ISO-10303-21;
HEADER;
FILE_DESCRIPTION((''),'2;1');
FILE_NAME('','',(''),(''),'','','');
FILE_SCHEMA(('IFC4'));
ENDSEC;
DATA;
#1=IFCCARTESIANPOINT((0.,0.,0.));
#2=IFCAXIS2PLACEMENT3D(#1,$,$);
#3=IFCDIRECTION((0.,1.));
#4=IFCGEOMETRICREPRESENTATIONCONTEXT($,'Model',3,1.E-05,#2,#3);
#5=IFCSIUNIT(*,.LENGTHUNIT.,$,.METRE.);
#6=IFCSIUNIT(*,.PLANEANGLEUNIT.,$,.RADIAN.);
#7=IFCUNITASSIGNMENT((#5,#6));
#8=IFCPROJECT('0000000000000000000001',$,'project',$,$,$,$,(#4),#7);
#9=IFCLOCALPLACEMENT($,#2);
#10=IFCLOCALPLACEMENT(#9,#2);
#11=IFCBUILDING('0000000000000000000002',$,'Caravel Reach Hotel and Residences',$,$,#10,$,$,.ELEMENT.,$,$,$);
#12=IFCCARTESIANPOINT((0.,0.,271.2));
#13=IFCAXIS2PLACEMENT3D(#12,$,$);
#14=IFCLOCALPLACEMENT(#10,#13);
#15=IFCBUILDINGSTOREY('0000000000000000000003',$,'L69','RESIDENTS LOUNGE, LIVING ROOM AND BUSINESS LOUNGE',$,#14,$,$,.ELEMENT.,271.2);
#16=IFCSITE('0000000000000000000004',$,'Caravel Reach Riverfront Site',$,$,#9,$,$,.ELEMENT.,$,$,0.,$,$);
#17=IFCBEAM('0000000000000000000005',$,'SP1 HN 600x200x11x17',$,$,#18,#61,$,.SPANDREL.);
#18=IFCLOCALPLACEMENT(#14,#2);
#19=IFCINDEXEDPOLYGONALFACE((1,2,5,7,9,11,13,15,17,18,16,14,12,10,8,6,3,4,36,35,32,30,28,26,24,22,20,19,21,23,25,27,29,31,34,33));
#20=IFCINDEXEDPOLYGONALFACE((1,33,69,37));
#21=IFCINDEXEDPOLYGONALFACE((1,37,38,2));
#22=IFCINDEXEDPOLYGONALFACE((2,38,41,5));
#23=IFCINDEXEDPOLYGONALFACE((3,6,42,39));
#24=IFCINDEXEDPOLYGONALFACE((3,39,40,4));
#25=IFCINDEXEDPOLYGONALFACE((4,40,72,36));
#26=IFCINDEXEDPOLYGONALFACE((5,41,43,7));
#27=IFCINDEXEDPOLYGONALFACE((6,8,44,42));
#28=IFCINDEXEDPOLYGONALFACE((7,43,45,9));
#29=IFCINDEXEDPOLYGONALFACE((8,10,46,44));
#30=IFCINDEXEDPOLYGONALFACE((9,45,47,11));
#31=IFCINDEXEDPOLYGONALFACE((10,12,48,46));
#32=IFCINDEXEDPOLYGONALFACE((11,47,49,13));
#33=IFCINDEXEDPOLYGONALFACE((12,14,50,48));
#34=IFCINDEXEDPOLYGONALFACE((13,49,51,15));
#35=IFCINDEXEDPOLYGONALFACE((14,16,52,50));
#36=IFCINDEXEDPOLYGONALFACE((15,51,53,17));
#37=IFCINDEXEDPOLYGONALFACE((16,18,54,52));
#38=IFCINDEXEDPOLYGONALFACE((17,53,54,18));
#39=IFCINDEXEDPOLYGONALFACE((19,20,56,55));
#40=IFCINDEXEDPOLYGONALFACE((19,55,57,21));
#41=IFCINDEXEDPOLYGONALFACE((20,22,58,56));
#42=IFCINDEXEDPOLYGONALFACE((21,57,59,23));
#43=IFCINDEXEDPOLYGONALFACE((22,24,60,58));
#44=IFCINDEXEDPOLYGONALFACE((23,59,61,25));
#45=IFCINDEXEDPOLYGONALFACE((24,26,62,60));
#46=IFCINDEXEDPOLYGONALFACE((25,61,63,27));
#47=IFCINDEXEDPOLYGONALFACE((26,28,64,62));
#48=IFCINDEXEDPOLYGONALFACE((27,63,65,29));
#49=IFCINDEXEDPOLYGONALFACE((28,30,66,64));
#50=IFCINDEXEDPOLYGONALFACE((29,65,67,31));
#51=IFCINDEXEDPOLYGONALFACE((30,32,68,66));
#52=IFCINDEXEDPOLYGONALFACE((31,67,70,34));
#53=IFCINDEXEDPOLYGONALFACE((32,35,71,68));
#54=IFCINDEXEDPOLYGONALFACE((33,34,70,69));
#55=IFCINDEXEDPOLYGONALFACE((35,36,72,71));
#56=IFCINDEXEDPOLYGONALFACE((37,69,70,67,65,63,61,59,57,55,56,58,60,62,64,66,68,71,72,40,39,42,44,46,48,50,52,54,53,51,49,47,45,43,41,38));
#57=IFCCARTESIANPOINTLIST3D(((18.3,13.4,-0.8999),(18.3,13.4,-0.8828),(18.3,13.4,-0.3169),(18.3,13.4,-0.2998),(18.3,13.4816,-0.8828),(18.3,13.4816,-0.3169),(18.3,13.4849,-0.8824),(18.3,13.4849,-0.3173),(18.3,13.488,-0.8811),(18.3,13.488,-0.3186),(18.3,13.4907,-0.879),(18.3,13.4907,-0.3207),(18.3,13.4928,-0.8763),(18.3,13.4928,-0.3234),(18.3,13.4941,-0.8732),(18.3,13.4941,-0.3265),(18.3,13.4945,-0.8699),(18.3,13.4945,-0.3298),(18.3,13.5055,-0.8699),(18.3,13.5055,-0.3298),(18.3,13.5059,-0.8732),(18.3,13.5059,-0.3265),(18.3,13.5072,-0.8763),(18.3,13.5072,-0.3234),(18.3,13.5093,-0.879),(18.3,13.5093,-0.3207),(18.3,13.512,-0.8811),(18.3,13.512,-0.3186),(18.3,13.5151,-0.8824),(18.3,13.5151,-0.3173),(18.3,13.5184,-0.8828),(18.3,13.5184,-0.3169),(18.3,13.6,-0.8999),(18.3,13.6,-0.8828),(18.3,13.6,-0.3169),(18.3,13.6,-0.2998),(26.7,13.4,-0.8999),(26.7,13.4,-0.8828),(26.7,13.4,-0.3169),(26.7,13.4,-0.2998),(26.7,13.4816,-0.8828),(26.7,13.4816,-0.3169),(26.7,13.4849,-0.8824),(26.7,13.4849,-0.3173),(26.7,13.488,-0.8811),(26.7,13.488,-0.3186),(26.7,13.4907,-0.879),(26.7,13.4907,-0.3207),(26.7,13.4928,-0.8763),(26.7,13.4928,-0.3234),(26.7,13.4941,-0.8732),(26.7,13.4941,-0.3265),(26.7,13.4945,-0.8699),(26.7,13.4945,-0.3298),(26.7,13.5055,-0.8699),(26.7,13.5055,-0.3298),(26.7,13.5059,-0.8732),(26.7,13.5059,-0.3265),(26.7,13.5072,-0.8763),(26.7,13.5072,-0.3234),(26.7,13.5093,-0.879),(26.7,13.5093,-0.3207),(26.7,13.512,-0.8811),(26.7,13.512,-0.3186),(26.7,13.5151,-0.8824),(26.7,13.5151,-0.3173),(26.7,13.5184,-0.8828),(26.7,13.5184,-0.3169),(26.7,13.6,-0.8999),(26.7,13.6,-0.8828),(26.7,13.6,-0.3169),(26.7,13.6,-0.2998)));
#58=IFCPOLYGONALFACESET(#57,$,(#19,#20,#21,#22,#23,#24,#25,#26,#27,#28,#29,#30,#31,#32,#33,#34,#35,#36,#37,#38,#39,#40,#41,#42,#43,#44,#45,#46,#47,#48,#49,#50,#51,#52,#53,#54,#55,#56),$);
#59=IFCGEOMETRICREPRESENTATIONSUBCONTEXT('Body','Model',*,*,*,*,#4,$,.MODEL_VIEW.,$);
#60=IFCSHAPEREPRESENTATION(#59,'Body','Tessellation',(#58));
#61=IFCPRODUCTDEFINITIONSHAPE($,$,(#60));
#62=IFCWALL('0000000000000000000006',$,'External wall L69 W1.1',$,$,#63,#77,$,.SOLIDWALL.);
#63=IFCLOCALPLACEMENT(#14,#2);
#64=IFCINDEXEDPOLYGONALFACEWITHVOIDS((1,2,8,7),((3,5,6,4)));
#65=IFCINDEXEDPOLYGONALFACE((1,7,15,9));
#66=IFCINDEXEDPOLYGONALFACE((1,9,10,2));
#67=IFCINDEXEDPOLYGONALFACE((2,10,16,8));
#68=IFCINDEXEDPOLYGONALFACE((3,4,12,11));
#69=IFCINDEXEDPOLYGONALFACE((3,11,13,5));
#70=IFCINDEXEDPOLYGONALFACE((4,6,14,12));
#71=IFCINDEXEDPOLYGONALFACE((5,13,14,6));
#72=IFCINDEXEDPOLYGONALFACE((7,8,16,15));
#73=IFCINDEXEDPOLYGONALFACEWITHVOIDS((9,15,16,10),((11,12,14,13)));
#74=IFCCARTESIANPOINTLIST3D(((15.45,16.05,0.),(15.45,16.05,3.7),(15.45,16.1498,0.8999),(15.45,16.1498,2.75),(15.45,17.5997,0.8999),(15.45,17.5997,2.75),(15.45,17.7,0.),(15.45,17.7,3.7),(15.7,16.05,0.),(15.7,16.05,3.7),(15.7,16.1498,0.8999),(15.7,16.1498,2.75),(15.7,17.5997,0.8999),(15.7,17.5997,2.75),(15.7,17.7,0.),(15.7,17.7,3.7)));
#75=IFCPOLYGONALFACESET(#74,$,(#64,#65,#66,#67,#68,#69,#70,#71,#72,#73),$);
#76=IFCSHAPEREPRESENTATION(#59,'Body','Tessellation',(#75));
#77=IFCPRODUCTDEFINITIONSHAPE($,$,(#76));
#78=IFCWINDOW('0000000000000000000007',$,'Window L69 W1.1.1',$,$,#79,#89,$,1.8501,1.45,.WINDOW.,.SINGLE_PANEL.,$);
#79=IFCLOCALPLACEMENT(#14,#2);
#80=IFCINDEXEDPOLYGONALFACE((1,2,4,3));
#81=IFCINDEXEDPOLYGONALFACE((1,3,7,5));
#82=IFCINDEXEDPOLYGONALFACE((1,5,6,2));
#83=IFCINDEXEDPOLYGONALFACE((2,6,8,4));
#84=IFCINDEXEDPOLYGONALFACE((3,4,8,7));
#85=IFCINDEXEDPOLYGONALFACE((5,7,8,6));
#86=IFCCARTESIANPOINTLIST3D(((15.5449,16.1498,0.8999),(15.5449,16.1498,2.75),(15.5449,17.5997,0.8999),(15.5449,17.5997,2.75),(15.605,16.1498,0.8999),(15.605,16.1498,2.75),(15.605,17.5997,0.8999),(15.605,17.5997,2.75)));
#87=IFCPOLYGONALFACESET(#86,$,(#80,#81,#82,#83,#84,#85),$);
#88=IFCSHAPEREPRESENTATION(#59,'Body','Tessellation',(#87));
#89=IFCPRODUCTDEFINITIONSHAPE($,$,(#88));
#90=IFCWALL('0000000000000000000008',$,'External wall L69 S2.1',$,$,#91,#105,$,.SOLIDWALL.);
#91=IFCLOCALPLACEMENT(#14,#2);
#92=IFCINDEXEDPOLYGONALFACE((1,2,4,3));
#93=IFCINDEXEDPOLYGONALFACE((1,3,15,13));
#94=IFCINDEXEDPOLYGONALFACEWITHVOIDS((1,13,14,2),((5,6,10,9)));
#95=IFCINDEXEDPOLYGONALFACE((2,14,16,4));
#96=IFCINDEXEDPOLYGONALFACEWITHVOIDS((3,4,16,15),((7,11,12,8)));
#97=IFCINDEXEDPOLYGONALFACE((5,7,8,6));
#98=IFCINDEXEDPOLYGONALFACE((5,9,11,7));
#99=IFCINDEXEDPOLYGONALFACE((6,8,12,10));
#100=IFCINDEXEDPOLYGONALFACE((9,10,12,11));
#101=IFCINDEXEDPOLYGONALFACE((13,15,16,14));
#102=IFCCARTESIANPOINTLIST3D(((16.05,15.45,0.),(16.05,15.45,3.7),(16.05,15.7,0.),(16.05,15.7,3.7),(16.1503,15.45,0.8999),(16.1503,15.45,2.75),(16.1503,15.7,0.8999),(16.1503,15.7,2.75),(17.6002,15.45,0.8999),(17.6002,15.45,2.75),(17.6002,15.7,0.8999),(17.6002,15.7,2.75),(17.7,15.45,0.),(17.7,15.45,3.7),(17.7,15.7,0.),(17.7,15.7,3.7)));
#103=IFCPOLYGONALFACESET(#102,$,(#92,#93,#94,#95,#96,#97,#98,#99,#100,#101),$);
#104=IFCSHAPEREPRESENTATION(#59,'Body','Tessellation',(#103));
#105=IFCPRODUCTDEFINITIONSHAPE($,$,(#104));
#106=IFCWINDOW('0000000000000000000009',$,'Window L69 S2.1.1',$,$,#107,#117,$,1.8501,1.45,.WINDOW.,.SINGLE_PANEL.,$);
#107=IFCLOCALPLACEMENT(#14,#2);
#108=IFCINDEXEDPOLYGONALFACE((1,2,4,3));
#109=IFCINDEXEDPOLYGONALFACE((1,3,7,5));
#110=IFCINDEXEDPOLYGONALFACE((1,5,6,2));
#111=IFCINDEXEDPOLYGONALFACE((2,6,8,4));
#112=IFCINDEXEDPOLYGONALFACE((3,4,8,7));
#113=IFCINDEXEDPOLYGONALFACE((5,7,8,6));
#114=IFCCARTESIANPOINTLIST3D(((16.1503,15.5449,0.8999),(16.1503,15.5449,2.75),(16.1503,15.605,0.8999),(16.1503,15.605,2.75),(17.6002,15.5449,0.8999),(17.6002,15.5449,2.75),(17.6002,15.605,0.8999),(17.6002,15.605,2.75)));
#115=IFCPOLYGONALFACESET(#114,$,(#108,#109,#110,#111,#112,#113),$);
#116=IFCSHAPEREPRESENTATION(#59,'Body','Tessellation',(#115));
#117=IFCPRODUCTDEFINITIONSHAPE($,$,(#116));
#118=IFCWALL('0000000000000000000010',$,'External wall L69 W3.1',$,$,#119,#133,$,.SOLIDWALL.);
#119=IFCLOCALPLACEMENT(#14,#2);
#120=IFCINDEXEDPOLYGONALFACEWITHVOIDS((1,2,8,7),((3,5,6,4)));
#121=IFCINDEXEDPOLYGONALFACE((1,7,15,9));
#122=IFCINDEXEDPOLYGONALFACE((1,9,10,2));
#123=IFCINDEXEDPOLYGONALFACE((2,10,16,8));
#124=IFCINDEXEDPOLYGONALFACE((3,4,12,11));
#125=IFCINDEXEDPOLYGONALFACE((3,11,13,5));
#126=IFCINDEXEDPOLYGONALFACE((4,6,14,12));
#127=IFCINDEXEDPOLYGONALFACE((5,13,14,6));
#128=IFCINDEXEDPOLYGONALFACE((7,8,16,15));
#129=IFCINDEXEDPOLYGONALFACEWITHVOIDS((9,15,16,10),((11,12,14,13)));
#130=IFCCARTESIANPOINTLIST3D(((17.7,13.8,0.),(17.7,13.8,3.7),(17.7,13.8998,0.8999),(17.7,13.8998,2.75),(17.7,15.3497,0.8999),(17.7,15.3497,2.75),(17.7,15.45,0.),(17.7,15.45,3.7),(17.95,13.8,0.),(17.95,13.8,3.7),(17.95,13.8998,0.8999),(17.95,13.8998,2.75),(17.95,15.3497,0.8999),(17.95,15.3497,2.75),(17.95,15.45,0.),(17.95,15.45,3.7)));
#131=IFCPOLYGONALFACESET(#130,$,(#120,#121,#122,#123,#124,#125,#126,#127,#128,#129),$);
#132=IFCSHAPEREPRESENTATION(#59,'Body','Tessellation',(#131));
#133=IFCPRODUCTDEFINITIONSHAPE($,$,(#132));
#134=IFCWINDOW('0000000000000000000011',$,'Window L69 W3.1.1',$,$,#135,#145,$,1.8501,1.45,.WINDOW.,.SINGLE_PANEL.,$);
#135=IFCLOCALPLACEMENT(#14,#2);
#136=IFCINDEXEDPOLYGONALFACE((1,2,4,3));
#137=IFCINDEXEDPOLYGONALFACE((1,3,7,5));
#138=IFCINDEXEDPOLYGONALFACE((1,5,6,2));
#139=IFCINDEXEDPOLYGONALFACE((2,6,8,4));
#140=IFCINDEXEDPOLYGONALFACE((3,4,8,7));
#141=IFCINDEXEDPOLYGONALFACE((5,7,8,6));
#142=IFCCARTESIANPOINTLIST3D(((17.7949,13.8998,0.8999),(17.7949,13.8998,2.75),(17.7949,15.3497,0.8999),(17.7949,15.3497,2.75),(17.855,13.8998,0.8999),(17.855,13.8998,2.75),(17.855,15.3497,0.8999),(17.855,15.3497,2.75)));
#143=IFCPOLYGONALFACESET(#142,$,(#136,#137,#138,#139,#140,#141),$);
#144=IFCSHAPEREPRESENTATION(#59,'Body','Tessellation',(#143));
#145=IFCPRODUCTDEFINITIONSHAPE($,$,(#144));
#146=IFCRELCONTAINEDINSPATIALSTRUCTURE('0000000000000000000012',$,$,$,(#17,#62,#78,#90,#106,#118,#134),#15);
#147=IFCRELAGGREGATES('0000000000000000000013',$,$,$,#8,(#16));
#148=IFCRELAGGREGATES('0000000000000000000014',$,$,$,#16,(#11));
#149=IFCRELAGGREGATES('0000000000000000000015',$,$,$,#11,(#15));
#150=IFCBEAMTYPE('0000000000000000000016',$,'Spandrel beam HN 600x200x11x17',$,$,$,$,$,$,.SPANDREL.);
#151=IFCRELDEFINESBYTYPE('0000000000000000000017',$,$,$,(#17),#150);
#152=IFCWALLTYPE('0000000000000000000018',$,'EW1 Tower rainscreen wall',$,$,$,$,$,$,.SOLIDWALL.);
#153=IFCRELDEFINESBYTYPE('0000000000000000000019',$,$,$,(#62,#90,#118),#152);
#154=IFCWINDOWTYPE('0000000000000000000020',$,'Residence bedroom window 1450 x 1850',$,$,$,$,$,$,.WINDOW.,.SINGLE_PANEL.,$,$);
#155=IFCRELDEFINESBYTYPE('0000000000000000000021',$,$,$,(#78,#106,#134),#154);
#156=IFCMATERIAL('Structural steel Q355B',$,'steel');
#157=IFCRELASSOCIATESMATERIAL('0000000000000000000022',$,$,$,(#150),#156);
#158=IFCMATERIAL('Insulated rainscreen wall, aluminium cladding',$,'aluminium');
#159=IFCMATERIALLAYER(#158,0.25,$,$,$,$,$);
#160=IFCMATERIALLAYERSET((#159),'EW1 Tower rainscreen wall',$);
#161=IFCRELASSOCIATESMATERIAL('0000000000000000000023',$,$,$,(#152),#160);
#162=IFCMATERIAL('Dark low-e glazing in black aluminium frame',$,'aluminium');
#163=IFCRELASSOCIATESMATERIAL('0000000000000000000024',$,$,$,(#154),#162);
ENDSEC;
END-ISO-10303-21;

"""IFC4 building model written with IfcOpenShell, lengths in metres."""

from ifc_helpers import new_model, si_unit, direction, frame, frame_2d, origin, origin_2d, place, context, subcontext, project, spatial, rectangle, i_section, extrude, material, layer, layer_set, material_profile, profile_set, type_object, element, fill, save


model = new_model("IFC4")

# Units and contexts
model_context = context("Model", 3, precision=1e-05, world=origin(), true_north=direction((0.0, 1.0)))
body_context = subcontext(model_context, "Body", "Model", "MODEL_VIEW")
ifc_project = project(units=[si_unit("LENGTHUNIT", "METRE"), si_unit("PLANEANGLEUNIT", "RADIAN")], contexts=[model_context])

# Site, building, storey
site_placement = place(None, origin())
site = spatial("IfcSite", under=ifc_project, at=site_placement, Name="Caravel Reach Riverfront Site", CompositionType="ELEMENT", RefElevation=0.0)
building_placement = place(site_placement, origin())
building = spatial("IfcBuilding", under=site, at=building_placement, Name="Caravel Reach Hotel and Residences", CompositionType="ELEMENT")
storey_placement = place(building_placement, frame((0.0, 0.0, 271.2)))
storey = spatial("IfcBuildingStorey", under=building, at=storey_placement, Name="L69", Description="RESIDENTS LOUNGE, LIVING ROOM AND BUSINESS LOUNGE", CompositionType="ELEMENT", Elevation=271.2)

# Beam
ifc_material_1 = material(Name="Structural steel Q355B", Category="steel")
ifc_material_profile_1 = material_profile(ifc_material_1, i_section(OverallWidth=0.2, OverallDepth=0.6001, WebThickness=0.011, FlangeThickness=0.0171, FilletRadius=0.0129, at=origin_2d()), Name="HN 600x200x11x17")
ifc_profile_set_1 = profile_set([ifc_material_profile_1], Name="Structural steel Q355B")
beam_type = type_object("IfcBeamType", Name="Spandrel beam HN 600x200x11x17", PredefinedType="SPANDREL", material=ifc_profile_set_1)
beam_placement = place(storey_placement, frame((18.3, 13.5, -0.5999), z_axis=(1.0, 0.0, 0.0), x_axis=(0.0, 1.0, 0.0)))
element("IfcBeam", 1, at=beam_placement, inside=storey, type_object=beam_type, Name="SP1 HN 600x200x11x17", PredefinedType="SPANDREL", context=body_context, shape_type="SweptSolid", body=[
    extrude(i_section(OverallWidth=0.2, OverallDepth=0.6001, WebThickness=0.011, FlangeThickness=0.0171, FilletRadius=0.0129, at=origin_2d()), origin(), (0.0, 0.0, 1.0), 8.3999),
])

# Walls, openings, windows
ifc_material_2 = material(Name="Insulated rainscreen wall, aluminium cladding", Category="aluminium")
ifc_layer_1 = layer(ifc_material_2, 0.25)
ifc_layer_set_1 = layer_set([ifc_layer_1], Name="EW1 Tower rainscreen wall")
wall_type_1 = type_object("IfcWallType", Name="EW1 Tower rainscreen wall", PredefinedType="SOLIDWALL", material=ifc_layer_set_1)
wall_1_placement = place(storey_placement, frame((15.575, 17.7, 0.0), z_axis=(0.0, 0.0, 1.0), x_axis=(0.0, -1.0, 0.0)))
wall_1 = element("IfcWall", 2, at=wall_1_placement, inside=storey, type_object=wall_type_1, Name="External wall L69 W1.1", PredefinedType="SOLIDWALL", context=body_context, shape_type="SweptSolid", body=[
    extrude(rectangle(XDim=1.6499, YDim=0.25, at=frame_2d((0.825, 0.0))), origin(), (0.0, 0.0, 1.0), 3.7),
])
opening_1_placement = place(wall_1_placement, frame((0.1001, 0.0, 0.8999)))
opening_1 = element("IfcOpeningElement", 3, at=opening_1_placement, cuts=wall_1, PredefinedType="OPENING", context=body_context, shape_type="SweptSolid", body=[
    extrude(rectangle(XDim=1.45, YDim=1.8501, at=frame_2d((0.7251, 0.925))), frame((0.0, 0.135, 0.0), z_axis=(0.0, -1.0, 0.0), x_axis=(1.0, 0.0, 0.0)), (0.0, 0.0, 1.0), 0.27),
])
ifc_material_3 = material(Name="Dark low-e glazing in black aluminium frame", Category="aluminium")
window_type_1 = type_object("IfcWindowType", Name="Residence bedroom window 1450 x 1850", PartitioningType="SINGLE_PANEL", PredefinedType="WINDOW", material=ifc_material_3)
window_1_placement = place(opening_1_placement, origin())
window_1 = element("IfcWindow", 4, at=window_1_placement, inside=storey, type_object=window_type_1, Name="Window L69 W1.1.1", OverallHeight=1.8501, OverallWidth=1.45, PartitioningType="SINGLE_PANEL", PredefinedType="WINDOW", context=body_context, shape_type="SweptSolid", body=[
    extrude(rectangle(XDim=1.45, YDim=1.8501, at=frame_2d((0.7251, 0.925))), frame((0.0, 0.03, 0.0), z_axis=(0.0, -1.0, 0.0), x_axis=(1.0, 0.0, 0.0)), (0.0, 0.0, 1.0), 0.0601),
])
fill(opening_1, window_1)
wall_2_placement = place(storey_placement, frame((16.05, 15.575, 0.0), z_axis=(0.0, 0.0, 1.0), x_axis=(1.0, 0.0, 0.0)))
wall_2 = element("IfcWall", 5, at=wall_2_placement, inside=storey, type_object=wall_type_1, Name="External wall L69 S2.1", PredefinedType="SOLIDWALL", context=body_context, shape_type="SweptSolid", body=[
    extrude(rectangle(XDim=1.6499, YDim=0.25, at=frame_2d((0.825, 0.0))), origin(), (0.0, 0.0, 1.0), 3.7),
])
opening_2_placement = place(wall_2_placement, frame((0.1001, 0.0, 0.8999)))
opening_2 = element("IfcOpeningElement", 6, at=opening_2_placement, cuts=wall_2, PredefinedType="OPENING", context=body_context, shape_type="SweptSolid", body=[
    extrude(rectangle(XDim=1.45, YDim=1.8501, at=frame_2d((0.7251, 0.925))), frame((0.0, 0.135, 0.0), z_axis=(0.0, -1.0, 0.0), x_axis=(1.0, 0.0, 0.0)), (0.0, 0.0, 1.0), 0.27),
])
window_2_placement = place(opening_2_placement, origin())
window_2 = element("IfcWindow", 7, at=window_2_placement, inside=storey, type_object=window_type_1, Name="Window L69 S2.1.1", OverallHeight=1.8501, OverallWidth=1.45, PartitioningType="SINGLE_PANEL", PredefinedType="WINDOW", context=body_context, shape_type="SweptSolid", body=[
    extrude(rectangle(XDim=1.45, YDim=1.8501, at=frame_2d((0.7251, 0.925))), frame((0.0, 0.03, 0.0), z_axis=(0.0, -1.0, 0.0), x_axis=(1.0, 0.0, 0.0)), (0.0, 0.0, 1.0), 0.0601),
])
fill(opening_2, window_2)
wall_3_placement = place(storey_placement, frame((17.825, 15.45, 0.0), z_axis=(0.0, 0.0, 1.0), x_axis=(0.0, -1.0, 0.0)))
wall_3 = element("IfcWall", 8, at=wall_3_placement, inside=storey, type_object=wall_type_1, Name="External wall L69 W3.1", PredefinedType="SOLIDWALL", context=body_context, shape_type="SweptSolid", body=[
    extrude(rectangle(XDim=1.6499, YDim=0.25, at=frame_2d((0.825, 0.0))), origin(), (0.0, 0.0, 1.0), 3.7),
])
opening_3_placement = place(wall_3_placement, frame((0.1001, 0.0, 0.8999)))
opening_3 = element("IfcOpeningElement", 9, at=opening_3_placement, cuts=wall_3, PredefinedType="OPENING", context=body_context, shape_type="SweptSolid", body=[
    extrude(rectangle(XDim=1.45, YDim=1.8501, at=frame_2d((0.7251, 0.925))), frame((0.0, 0.135, 0.0), z_axis=(0.0, -1.0, 0.0), x_axis=(1.0, 0.0, 0.0)), (0.0, 0.0, 1.0), 0.27),
])
window_3_placement = place(opening_3_placement, origin())
window_3 = element("IfcWindow", 10, at=window_3_placement, inside=storey, type_object=window_type_1, Name="Window L69 W3.1.1", OverallHeight=1.8501, OverallWidth=1.45, PartitioningType="SINGLE_PANEL", PredefinedType="WINDOW", context=body_context, shape_type="SweptSolid", body=[
    extrude(rectangle(XDim=1.45, YDim=1.8501, at=frame_2d((0.7251, 0.925))), frame((0.0, 0.03, 0.0), z_axis=(0.0, -1.0, 0.0), x_axis=(1.0, 0.0, 0.0)), (0.0, 0.0, 1.0), 0.0601),
])
fill(opening_3, window_3)

save(model, "model.ifc")
